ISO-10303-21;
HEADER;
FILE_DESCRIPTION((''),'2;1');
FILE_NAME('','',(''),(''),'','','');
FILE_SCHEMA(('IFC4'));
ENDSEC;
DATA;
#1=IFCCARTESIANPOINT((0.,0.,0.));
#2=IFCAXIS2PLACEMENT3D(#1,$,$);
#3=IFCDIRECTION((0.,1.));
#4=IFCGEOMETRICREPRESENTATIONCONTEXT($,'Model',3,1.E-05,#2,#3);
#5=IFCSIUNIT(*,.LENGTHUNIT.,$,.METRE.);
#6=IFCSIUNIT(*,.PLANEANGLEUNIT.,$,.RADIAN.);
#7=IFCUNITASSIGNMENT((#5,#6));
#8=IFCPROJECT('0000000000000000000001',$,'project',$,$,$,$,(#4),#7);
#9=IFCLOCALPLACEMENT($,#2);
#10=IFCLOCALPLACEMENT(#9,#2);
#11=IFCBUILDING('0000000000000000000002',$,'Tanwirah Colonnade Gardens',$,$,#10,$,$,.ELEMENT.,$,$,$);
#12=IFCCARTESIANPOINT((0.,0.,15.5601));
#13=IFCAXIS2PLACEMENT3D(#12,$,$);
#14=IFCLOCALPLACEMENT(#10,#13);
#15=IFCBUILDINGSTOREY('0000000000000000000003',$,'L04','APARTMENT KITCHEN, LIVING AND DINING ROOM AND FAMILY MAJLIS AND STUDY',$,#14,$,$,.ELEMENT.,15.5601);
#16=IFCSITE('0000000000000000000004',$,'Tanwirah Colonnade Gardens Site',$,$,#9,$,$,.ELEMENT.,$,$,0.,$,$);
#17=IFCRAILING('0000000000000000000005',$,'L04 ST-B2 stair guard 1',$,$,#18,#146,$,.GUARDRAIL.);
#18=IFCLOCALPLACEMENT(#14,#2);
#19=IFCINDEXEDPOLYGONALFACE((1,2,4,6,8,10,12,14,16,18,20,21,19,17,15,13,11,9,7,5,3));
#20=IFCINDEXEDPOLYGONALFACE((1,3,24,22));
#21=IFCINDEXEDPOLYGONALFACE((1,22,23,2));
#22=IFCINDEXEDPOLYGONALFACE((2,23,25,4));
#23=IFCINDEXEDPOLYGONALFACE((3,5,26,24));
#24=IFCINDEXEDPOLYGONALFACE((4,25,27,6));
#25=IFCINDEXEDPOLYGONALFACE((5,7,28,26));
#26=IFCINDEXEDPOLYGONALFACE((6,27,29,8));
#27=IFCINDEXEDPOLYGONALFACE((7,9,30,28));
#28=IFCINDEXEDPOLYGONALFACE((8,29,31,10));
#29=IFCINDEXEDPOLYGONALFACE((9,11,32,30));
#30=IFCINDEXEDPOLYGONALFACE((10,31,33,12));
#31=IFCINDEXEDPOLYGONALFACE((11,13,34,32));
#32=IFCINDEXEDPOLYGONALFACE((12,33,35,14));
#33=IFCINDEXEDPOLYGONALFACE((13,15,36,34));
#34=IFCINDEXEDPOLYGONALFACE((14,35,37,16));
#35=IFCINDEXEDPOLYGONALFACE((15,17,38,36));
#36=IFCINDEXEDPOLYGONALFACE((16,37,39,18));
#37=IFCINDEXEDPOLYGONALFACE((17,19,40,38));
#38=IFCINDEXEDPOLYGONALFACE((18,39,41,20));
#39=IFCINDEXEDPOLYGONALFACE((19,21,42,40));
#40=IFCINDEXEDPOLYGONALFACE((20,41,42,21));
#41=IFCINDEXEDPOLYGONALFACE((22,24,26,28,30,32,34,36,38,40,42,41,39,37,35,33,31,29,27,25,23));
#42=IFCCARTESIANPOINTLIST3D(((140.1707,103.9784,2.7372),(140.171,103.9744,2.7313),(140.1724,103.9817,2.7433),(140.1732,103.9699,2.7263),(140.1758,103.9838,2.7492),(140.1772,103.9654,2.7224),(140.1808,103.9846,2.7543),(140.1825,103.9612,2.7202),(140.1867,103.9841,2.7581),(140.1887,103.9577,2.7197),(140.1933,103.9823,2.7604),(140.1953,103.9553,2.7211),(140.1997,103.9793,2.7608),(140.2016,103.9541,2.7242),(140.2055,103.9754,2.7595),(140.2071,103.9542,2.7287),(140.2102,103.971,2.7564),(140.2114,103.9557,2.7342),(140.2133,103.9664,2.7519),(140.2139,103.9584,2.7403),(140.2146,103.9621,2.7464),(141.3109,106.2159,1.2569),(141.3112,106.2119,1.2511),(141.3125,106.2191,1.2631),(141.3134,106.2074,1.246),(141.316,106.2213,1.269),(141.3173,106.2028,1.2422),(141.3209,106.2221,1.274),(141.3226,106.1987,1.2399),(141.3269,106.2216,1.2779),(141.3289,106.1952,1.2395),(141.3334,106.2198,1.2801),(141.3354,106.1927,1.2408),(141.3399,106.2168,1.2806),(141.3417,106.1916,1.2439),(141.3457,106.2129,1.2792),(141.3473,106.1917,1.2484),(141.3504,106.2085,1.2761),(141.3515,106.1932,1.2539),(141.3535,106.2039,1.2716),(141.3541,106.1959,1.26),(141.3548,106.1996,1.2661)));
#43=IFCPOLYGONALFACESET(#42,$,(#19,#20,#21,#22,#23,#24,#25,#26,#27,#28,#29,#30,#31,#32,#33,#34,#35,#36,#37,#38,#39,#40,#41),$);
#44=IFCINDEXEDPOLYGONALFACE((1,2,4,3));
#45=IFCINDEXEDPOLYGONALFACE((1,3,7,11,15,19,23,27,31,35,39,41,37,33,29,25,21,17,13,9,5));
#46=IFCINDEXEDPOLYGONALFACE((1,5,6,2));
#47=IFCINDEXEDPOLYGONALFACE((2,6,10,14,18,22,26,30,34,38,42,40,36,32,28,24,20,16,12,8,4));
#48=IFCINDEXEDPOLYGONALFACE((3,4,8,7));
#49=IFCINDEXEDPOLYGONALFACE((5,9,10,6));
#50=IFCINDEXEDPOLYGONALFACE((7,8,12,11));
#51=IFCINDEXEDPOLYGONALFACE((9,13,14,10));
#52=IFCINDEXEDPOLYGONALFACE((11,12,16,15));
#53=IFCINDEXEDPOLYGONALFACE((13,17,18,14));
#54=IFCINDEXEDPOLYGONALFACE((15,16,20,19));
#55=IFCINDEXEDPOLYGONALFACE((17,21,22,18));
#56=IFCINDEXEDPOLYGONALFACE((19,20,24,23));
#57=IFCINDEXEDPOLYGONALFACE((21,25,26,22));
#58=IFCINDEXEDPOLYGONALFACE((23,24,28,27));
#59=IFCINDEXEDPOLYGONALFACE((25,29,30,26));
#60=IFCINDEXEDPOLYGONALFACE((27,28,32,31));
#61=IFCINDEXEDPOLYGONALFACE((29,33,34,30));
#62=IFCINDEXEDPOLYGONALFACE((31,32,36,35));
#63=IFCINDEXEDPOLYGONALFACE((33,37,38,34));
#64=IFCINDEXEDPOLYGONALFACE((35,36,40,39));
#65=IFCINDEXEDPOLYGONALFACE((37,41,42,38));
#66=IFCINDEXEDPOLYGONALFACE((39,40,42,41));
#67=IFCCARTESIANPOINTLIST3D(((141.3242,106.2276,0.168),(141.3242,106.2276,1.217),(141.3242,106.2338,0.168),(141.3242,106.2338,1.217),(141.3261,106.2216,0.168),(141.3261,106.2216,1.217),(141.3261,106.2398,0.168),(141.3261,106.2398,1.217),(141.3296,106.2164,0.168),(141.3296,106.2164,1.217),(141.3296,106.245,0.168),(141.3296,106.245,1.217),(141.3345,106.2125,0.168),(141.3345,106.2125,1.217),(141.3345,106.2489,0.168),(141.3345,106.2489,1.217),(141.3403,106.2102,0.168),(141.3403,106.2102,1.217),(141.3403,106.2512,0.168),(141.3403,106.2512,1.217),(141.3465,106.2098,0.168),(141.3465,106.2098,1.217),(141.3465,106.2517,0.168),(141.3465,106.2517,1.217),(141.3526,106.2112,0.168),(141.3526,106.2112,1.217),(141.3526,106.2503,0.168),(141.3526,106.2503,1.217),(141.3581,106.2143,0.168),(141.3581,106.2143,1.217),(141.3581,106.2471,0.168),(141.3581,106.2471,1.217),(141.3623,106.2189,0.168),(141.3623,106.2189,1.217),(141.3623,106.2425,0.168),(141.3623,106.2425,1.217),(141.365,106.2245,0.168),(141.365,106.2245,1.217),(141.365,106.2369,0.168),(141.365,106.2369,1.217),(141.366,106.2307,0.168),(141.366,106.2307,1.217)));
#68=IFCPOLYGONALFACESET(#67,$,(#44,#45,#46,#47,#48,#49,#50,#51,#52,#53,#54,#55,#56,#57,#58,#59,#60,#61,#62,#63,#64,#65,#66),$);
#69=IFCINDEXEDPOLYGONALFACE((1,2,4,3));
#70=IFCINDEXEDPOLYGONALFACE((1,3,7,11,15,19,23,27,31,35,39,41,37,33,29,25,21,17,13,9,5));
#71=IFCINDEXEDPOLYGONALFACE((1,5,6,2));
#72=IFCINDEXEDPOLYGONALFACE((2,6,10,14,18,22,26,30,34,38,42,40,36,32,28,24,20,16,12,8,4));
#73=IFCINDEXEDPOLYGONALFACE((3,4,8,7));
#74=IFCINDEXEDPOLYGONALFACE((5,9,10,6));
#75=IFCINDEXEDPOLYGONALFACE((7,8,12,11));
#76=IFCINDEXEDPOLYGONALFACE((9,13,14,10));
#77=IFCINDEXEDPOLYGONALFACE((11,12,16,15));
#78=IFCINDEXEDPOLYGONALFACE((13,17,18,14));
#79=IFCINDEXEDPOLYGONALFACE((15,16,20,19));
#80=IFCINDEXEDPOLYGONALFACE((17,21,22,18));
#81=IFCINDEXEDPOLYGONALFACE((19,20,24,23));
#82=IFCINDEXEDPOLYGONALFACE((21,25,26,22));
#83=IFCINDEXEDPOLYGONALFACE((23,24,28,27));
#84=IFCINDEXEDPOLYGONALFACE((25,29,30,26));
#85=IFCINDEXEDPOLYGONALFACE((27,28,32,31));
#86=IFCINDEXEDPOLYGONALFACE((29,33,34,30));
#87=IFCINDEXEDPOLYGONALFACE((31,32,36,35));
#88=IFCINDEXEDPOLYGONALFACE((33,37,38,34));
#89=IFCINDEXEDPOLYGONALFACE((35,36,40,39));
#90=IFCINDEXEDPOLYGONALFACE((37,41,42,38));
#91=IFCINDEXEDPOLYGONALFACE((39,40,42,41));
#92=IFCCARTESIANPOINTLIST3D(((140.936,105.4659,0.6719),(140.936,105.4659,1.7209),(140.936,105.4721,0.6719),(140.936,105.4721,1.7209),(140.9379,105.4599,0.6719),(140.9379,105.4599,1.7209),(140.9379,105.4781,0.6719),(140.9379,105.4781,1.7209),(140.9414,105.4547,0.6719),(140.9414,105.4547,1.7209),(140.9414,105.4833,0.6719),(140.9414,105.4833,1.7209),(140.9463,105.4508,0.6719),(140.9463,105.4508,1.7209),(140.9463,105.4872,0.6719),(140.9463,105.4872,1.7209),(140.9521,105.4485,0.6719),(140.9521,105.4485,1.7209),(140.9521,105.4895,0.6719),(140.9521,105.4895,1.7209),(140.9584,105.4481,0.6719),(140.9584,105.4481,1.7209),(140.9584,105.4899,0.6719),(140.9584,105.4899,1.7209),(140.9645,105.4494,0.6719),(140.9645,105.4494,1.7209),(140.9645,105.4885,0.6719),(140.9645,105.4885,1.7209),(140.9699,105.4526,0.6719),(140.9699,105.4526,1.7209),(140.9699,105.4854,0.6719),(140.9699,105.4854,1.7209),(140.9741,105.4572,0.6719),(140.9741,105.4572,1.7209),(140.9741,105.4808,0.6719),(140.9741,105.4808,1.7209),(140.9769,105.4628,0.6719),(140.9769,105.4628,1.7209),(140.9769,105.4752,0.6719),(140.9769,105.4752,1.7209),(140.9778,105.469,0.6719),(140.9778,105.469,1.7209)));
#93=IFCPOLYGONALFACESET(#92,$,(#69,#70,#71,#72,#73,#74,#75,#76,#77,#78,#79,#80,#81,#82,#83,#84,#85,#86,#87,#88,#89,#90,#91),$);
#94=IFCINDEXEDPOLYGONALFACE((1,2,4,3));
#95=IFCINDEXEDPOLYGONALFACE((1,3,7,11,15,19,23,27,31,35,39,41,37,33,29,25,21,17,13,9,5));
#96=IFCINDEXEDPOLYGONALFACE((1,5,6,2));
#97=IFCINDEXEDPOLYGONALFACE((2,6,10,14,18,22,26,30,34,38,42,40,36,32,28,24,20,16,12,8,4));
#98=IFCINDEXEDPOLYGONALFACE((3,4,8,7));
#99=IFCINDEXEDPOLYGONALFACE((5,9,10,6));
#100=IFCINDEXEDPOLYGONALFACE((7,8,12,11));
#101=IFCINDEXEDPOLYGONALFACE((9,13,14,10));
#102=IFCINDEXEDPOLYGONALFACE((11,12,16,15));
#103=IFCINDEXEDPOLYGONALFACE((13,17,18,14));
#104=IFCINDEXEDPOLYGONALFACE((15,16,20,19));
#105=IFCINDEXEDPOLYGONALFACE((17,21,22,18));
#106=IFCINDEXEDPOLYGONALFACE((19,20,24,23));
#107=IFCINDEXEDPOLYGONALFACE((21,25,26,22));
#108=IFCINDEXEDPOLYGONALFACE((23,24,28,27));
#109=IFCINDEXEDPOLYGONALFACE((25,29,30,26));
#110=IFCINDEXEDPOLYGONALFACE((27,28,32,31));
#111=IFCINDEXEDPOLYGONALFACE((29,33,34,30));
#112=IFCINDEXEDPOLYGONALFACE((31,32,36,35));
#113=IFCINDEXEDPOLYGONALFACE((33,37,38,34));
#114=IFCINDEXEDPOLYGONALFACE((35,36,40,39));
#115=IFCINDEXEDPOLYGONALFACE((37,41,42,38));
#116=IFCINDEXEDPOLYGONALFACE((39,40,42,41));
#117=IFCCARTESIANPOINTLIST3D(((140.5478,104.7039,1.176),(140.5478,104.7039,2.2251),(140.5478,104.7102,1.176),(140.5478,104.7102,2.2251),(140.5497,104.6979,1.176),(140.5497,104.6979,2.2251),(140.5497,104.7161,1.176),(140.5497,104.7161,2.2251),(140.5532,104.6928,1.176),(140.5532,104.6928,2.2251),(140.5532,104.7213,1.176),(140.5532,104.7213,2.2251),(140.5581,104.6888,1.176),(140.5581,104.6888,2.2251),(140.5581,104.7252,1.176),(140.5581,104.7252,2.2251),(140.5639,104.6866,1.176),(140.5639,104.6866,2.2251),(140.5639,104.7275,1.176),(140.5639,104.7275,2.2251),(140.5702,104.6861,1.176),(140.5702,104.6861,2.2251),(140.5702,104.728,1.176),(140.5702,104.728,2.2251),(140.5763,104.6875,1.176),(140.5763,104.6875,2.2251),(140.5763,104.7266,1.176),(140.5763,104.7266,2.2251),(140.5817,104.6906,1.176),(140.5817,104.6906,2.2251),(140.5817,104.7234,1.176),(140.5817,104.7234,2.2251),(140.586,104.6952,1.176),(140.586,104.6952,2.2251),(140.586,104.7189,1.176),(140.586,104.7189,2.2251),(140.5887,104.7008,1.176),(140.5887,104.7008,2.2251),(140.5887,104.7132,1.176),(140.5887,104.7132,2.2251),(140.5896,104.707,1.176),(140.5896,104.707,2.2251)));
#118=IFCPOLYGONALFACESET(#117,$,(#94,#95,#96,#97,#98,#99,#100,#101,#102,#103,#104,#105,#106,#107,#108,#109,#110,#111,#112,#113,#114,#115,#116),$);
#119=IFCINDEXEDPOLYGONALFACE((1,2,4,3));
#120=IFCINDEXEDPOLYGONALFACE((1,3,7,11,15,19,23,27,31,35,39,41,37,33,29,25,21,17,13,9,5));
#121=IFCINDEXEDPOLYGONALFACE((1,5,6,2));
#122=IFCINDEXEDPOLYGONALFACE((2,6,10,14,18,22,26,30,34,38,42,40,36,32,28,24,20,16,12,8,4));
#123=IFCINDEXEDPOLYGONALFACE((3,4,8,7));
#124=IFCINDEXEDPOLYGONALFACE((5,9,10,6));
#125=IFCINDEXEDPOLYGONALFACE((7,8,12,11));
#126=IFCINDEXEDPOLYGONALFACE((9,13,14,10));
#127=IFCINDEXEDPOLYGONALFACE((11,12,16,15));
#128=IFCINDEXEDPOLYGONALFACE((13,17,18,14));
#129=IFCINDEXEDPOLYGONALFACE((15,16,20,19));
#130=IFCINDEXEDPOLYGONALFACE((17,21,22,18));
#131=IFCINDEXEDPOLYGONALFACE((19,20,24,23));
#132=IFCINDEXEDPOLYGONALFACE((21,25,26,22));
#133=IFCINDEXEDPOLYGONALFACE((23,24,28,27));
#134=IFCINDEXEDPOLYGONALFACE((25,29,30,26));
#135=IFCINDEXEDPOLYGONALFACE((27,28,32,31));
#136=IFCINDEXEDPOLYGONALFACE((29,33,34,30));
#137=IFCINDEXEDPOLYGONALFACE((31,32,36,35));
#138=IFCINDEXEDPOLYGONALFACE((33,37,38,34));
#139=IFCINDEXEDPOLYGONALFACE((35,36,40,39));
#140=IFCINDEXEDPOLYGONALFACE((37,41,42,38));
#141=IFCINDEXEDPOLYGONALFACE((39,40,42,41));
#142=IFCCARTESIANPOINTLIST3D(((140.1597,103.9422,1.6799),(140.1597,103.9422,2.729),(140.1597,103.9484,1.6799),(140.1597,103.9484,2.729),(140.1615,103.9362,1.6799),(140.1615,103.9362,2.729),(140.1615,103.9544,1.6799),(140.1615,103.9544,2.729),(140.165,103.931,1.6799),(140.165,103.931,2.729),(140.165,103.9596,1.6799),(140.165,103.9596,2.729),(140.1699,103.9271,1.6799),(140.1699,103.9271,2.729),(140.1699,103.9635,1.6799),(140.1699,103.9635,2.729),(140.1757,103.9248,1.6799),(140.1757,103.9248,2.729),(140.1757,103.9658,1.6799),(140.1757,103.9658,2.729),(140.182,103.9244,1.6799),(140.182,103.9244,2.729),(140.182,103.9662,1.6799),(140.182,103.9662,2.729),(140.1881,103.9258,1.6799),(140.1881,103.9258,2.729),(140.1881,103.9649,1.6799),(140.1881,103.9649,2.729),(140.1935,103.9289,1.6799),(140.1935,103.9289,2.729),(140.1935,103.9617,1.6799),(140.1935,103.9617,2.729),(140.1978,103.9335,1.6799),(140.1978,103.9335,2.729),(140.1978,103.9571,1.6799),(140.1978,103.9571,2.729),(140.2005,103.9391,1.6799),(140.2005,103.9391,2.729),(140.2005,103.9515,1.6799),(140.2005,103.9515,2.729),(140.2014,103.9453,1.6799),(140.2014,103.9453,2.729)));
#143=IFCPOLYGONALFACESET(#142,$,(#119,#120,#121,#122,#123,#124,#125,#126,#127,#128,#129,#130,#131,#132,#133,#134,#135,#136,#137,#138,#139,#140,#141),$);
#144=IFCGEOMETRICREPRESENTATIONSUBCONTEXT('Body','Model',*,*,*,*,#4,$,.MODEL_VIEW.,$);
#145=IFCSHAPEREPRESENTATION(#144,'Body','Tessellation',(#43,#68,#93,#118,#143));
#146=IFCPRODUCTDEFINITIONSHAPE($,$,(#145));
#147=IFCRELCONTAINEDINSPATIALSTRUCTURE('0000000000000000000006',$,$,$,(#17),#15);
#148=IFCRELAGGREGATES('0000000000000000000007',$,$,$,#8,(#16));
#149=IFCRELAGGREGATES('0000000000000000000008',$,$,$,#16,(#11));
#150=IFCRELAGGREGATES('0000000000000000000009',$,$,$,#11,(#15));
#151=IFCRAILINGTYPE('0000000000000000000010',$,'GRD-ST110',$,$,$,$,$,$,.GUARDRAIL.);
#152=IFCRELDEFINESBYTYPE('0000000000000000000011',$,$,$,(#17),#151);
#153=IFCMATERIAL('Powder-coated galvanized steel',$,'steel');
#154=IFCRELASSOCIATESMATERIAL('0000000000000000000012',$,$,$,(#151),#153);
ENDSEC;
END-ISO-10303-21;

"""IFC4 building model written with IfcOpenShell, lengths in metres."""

from ifc_helpers import new_model, si_unit, direction, frame, origin, origin_2d, place, context, subcontext, project, spatial, circle, extrude, material, type_object, element, save


model = new_model("IFC4")

# Units and contexts
model_context = context("Model", 3, precision=1e-05, world=origin(), true_north=direction((0.0, 1.0)))
body_context = subcontext(model_context, "Body", "Model", "MODEL_VIEW")
ifc_project = project(units=[si_unit("LENGTHUNIT", "METRE"), si_unit("PLANEANGLEUNIT", "RADIAN")], contexts=[model_context])

# Site, building, storey
site_placement = place(None, origin())
site = spatial("IfcSite", under=ifc_project, at=site_placement, Name="Tanwirah Colonnade Gardens Site", CompositionType="ELEMENT", RefElevation=0.0)
building_placement = place(site_placement, origin())
building = spatial("IfcBuilding", under=site, at=building_placement, Name="Tanwirah Colonnade Gardens", CompositionType="ELEMENT")
storey_placement = place(building_placement, frame((0.0, 0.0, 15.5601)))
storey = spatial("IfcBuildingStorey", under=building, at=storey_placement, Name="L04", Description="APARTMENT KITCHEN, LIVING AND DINING ROOM AND FAMILY MAJLIS AND STUDY", CompositionType="ELEMENT", Elevation=15.5601)

# Railing
ifc_material_1 = material(Name="Powder-coated galvanized steel", Category="steel")
railing_type_1 = type_object("IfcRailingType", Name="GRD-ST110", PredefinedType="GUARDRAIL", material=ifc_material_1)
railing_1_placement = place(storey_placement, frame((141.345, 106.2307, 0.168)))
element("IfcRailing", 1, at=railing_1_placement, inside=storey, type_object=railing_type_1, Name="L04 ST-B2 stair guard 1", PredefinedType="GUARDRAIL", context=body_context, shape_type="SweptSolid", body=[
    extrude(circle(Radius=0.0239, at=origin_2d()), frame((-0.0122, -0.0239, 1.092), z_axis=(-0.391122, -0.767567, 0.507803), x_axis=(0.890994, -0.454016, 0.0)), (0.0, 0.0, 1.0), 2.915),
    extrude(circle(Radius=0.021, at=origin_2d()), origin(), (0.0, 0.0, 1.0), 1.0491),
    extrude(circle(Radius=0.021, at=origin_2d()), frame((-0.3882, -0.7617, 0.5039)), (0.0, 0.0, 1.0), 1.0491),
    extrude(circle(Radius=0.021, at=origin_2d()), frame((-0.7764, -1.5237, 1.0081)), (0.0, 0.0, 1.0), 1.0491),
    extrude(circle(Radius=0.021, at=origin_2d()), frame((-1.1646, -2.2854, 1.512)), (0.0, 0.0, 1.0), 1.0491),
])

save(model, "model.ifc")
